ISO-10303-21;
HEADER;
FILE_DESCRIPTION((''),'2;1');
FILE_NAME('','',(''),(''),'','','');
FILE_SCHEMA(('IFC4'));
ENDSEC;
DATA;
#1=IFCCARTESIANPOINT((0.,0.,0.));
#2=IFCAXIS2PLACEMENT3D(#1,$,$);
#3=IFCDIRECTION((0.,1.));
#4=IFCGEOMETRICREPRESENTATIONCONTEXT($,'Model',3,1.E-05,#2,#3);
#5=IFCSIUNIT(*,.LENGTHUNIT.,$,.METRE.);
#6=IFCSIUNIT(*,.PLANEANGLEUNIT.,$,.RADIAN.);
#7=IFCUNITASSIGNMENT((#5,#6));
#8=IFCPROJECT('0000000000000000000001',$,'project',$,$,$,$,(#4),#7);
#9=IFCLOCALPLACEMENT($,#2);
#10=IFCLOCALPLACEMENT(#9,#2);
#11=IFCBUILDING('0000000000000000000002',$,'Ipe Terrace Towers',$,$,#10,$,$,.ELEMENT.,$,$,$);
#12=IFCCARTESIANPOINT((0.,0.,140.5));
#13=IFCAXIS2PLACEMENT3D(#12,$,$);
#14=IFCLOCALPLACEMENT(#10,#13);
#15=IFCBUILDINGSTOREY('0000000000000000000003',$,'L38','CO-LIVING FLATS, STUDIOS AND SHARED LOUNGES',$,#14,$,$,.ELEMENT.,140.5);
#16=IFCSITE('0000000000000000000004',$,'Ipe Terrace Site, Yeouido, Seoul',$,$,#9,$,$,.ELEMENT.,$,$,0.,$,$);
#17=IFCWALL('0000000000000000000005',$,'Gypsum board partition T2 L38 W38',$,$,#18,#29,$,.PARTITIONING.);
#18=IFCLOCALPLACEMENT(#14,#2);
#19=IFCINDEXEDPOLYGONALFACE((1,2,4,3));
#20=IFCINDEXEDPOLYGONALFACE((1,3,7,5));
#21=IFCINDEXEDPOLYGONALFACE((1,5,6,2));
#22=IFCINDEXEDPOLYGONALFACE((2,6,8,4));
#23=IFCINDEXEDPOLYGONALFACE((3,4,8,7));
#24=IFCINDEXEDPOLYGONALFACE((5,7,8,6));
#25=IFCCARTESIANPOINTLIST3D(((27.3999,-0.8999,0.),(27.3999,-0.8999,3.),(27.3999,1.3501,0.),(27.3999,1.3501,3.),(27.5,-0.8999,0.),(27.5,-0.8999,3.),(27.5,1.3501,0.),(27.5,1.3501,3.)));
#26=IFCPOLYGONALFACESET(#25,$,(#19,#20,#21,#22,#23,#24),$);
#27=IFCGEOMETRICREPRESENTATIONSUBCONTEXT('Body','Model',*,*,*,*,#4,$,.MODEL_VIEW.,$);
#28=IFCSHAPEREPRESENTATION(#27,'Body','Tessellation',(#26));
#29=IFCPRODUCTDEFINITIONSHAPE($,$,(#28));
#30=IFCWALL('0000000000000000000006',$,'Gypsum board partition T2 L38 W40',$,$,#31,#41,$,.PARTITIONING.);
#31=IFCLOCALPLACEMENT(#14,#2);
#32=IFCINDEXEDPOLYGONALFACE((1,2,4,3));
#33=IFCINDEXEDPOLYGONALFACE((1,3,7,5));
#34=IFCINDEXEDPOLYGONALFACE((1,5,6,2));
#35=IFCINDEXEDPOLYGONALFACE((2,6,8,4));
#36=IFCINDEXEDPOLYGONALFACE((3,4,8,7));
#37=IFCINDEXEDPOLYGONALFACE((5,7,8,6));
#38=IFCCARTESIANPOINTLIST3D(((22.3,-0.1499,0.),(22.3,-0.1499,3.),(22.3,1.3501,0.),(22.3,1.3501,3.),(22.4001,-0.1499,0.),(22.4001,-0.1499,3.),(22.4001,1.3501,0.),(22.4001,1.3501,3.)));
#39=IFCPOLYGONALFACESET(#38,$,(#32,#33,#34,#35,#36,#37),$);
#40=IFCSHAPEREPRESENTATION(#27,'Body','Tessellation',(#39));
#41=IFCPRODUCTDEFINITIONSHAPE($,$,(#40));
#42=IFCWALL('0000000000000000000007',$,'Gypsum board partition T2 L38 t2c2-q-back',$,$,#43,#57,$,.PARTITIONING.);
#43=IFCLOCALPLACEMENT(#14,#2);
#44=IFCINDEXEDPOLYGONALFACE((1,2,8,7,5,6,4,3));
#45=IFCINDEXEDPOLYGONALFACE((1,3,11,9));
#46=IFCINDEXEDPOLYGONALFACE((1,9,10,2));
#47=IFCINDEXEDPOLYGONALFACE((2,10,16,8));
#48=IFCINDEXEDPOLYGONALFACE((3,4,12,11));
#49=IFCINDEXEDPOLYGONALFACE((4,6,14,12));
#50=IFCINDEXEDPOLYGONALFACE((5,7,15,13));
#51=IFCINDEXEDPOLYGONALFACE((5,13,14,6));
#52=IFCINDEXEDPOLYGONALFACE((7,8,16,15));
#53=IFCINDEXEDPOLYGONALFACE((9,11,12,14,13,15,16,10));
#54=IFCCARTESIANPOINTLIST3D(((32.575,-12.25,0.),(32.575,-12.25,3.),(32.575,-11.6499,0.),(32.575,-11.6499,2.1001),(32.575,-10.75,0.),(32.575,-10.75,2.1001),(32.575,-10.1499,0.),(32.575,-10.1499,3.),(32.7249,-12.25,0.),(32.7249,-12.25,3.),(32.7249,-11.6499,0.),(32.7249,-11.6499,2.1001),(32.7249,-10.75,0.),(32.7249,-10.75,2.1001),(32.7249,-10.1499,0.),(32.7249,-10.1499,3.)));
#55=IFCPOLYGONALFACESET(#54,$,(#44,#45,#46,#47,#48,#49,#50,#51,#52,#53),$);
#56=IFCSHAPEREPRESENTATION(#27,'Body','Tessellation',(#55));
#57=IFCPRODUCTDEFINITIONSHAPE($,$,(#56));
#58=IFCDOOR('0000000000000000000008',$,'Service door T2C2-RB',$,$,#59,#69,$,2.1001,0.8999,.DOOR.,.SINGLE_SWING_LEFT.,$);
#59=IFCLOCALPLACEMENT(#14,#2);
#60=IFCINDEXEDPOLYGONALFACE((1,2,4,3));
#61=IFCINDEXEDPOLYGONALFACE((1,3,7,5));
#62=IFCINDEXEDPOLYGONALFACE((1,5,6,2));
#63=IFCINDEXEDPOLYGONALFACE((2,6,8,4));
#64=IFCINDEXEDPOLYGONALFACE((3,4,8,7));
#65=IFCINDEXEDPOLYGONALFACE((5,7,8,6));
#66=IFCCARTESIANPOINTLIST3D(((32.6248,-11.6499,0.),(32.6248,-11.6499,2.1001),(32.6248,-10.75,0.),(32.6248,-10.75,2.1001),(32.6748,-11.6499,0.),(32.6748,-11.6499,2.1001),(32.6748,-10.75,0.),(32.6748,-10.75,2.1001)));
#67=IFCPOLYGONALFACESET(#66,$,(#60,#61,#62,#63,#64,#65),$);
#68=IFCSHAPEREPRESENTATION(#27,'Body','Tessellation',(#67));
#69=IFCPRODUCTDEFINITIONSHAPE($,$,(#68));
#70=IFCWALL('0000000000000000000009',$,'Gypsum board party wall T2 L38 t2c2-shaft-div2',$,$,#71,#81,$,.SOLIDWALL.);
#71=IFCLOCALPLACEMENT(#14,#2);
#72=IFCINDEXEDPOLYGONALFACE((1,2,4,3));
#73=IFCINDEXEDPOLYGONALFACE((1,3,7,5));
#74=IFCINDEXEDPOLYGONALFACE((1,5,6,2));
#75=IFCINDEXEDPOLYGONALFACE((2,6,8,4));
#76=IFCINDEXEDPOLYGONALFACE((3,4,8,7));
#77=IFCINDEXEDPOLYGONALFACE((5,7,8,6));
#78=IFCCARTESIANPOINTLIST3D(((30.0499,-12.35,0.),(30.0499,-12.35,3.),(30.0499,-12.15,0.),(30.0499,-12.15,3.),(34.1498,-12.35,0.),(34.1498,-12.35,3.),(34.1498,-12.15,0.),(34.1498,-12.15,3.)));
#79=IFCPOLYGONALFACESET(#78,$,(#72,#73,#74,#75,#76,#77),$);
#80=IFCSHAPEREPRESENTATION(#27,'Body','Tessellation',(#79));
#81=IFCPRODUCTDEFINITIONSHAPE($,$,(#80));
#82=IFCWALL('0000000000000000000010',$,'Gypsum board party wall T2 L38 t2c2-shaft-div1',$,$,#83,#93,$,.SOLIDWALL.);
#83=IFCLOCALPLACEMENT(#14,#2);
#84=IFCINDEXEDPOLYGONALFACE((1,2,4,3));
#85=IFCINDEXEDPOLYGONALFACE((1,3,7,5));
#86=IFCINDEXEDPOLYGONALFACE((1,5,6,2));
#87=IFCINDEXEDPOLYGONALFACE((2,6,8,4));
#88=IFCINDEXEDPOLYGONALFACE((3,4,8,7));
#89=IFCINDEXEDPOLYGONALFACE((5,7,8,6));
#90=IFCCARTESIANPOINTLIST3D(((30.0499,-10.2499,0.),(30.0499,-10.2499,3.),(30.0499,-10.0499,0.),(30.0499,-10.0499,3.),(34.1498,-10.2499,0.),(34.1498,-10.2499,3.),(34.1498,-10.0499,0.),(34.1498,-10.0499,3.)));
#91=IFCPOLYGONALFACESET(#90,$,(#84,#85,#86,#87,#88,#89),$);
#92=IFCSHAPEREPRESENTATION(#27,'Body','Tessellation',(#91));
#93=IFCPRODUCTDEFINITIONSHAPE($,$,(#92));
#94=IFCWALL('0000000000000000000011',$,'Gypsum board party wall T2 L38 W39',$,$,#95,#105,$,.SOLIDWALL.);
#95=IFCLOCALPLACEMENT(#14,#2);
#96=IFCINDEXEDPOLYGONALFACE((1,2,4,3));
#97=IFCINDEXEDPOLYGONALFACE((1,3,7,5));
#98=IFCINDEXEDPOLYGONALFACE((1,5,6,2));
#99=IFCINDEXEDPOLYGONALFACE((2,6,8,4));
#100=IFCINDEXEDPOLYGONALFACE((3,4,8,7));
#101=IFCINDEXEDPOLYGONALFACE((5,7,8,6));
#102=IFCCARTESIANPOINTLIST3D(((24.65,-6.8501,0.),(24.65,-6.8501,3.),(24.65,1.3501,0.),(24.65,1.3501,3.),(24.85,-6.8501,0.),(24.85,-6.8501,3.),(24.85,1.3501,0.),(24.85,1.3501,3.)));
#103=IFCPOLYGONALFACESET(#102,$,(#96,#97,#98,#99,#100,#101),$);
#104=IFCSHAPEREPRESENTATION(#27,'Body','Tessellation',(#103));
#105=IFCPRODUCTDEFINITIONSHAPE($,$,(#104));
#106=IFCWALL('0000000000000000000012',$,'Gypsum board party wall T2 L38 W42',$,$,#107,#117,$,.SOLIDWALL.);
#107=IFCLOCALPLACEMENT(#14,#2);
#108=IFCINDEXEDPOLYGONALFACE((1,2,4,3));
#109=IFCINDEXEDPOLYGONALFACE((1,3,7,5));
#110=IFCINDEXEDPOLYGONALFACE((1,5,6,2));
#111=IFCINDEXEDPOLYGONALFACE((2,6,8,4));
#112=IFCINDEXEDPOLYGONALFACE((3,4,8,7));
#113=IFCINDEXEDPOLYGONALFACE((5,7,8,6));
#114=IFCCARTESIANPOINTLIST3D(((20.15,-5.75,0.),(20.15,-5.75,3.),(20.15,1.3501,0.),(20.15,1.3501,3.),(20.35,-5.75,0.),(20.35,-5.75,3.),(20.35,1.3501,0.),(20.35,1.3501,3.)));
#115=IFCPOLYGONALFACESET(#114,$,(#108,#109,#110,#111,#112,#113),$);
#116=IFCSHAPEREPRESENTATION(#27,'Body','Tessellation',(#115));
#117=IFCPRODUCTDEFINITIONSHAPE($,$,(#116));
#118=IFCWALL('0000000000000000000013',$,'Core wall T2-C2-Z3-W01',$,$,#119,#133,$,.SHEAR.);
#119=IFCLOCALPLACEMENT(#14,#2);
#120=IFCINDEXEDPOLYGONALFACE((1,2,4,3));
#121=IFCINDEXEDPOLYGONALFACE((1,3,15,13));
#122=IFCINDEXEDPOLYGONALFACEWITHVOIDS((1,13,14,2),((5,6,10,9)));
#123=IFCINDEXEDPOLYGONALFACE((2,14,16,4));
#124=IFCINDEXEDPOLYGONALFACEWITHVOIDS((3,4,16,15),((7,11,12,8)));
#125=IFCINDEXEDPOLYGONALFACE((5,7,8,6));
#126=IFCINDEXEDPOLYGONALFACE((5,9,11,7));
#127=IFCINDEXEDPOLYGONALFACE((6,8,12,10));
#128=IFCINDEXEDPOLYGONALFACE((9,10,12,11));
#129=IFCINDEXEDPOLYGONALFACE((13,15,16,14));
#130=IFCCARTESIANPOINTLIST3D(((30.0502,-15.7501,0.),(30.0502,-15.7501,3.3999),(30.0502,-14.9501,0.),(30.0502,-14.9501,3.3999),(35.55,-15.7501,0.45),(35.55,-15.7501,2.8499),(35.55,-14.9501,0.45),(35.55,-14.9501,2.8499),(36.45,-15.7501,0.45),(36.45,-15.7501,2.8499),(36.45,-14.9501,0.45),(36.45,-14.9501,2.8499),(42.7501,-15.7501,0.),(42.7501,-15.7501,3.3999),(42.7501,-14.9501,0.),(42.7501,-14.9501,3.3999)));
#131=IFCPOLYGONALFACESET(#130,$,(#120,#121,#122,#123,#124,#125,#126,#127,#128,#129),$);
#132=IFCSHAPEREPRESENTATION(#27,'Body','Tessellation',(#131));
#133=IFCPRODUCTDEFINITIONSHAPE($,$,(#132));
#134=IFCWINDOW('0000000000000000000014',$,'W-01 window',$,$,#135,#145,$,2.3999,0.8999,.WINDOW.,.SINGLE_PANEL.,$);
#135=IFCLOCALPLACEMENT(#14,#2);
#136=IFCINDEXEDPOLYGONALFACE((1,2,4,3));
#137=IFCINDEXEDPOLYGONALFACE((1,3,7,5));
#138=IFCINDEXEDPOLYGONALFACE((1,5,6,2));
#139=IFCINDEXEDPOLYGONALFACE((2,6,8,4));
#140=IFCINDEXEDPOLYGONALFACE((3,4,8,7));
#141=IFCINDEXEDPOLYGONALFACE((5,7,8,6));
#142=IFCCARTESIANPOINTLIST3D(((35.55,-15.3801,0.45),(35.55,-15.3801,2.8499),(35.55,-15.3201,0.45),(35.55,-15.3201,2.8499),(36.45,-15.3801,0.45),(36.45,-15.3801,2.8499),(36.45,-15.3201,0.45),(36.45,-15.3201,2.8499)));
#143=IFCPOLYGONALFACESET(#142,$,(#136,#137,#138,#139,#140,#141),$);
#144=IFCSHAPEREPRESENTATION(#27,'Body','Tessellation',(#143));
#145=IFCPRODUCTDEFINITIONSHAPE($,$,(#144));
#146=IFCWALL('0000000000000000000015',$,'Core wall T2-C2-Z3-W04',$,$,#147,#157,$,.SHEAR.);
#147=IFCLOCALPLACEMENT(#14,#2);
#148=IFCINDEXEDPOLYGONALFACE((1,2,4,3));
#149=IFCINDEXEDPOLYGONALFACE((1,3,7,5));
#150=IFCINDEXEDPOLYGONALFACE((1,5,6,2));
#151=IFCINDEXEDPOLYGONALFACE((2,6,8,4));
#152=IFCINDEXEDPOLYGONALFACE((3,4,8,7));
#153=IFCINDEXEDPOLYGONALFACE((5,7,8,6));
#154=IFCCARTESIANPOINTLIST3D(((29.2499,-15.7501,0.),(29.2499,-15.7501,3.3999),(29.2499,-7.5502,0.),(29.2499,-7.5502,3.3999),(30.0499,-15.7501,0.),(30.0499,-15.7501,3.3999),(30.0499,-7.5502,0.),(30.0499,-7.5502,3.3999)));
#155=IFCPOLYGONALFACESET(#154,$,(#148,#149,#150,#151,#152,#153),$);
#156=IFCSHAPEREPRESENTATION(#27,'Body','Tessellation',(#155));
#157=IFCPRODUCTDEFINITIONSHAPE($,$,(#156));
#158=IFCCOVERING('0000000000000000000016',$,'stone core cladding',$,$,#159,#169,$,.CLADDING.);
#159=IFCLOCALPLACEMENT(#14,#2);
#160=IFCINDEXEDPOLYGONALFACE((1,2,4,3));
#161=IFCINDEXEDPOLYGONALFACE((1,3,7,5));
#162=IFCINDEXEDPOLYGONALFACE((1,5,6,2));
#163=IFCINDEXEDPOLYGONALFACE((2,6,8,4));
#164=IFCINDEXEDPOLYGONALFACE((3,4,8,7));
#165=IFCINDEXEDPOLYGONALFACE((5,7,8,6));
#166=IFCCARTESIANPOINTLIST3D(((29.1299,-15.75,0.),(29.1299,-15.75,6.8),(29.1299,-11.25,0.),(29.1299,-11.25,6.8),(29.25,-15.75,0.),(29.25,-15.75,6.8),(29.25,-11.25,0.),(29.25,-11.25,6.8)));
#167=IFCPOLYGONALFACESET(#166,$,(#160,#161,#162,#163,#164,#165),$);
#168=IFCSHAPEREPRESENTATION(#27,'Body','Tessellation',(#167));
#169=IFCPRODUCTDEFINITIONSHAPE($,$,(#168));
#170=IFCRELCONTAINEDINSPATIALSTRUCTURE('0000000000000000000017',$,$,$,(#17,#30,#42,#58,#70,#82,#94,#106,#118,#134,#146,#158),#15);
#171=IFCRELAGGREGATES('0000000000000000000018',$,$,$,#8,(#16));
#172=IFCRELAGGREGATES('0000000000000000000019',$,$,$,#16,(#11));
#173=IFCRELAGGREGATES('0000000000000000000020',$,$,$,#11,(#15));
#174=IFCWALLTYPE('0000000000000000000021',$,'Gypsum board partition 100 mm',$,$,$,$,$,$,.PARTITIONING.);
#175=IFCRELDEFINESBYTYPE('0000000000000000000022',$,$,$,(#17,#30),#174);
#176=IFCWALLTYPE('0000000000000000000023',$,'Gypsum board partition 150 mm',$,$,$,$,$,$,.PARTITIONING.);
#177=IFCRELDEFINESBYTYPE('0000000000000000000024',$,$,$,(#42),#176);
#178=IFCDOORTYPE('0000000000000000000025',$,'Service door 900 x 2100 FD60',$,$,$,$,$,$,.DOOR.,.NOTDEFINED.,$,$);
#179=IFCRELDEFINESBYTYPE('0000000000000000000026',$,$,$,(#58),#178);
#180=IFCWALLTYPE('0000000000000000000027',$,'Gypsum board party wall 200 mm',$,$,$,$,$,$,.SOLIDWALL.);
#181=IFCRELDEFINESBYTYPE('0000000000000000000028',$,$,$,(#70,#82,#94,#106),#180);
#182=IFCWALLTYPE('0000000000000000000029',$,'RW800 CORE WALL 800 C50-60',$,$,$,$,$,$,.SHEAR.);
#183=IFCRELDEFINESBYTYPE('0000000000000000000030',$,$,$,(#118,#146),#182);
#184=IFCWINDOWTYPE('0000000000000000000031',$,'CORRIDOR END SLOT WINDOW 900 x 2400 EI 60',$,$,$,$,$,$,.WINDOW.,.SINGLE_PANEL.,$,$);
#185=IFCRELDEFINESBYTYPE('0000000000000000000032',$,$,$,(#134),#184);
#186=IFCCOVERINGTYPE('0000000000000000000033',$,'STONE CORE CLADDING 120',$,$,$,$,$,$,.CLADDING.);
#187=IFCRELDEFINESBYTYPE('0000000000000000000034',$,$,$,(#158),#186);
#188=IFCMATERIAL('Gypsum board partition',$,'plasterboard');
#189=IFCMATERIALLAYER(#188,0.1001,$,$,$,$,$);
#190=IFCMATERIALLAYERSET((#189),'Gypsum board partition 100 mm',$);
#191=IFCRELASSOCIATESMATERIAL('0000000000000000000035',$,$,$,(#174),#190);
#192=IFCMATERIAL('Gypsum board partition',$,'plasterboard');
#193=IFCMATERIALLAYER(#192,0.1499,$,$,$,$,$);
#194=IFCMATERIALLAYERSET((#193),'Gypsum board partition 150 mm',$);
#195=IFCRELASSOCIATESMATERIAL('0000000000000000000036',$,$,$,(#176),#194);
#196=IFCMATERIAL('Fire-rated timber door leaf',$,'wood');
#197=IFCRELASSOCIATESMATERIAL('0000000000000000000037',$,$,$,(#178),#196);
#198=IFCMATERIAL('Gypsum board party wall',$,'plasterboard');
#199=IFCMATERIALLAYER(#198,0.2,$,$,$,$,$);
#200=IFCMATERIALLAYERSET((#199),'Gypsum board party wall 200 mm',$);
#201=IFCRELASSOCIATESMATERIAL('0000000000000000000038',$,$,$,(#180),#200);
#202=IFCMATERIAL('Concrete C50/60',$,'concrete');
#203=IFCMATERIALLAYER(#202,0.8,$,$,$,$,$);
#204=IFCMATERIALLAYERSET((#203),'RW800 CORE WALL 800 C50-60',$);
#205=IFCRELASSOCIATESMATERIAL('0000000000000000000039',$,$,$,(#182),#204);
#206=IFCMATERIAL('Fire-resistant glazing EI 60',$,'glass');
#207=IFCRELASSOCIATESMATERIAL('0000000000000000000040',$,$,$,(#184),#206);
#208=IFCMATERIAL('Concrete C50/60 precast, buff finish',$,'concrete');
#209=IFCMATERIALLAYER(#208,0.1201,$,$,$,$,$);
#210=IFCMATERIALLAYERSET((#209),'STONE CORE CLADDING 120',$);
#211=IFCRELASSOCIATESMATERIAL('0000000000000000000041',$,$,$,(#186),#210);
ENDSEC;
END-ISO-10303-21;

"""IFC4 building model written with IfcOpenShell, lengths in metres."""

from ifc_helpers import new_model, si_unit, direction, frame, frame_2d, origin, origin_2d, place, context, subcontext, project, spatial, rectangle, extrude, material, layer, layer_set, type_object, element, fill, save


model = new_model("IFC4")

# Units and contexts
model_context = context("Model", 3, precision=1e-05, world=origin(), true_north=direction((0.0, 1.0)))
body_context = subcontext(model_context, "Body", "Model", "MODEL_VIEW")
ifc_project = project(units=[si_unit("LENGTHUNIT", "METRE"), si_unit("PLANEANGLEUNIT", "RADIAN")], contexts=[model_context])

# Site, building, storey
site_placement = place(None, origin())
site = spatial("IfcSite", under=ifc_project, at=site_placement, Name="Ipe Terrace Site, Yeouido, Seoul", CompositionType="ELEMENT", RefElevation=0.0)
building_placement = place(site_placement, origin())
building = spatial("IfcBuilding", under=site, at=building_placement, Name="Ipe Terrace Towers", CompositionType="ELEMENT")
storey_placement = place(building_placement, frame((0.0, 0.0, 140.5)))
storey = spatial("IfcBuildingStorey", under=building, at=storey_placement, Name="L38", Description="CO-LIVING FLATS, STUDIOS AND SHARED LOUNGES", CompositionType="ELEMENT", Elevation=140.5)

# Shared definitions
ifc_material_1 = material(Name="Gypsum board partition", Category="plasterboard")
ifc_layer_1 = layer(ifc_material_1, 0.1001)
ifc_layer_set_1 = layer_set([ifc_layer_1], Name="Gypsum board partition 100 mm")
wall_type_1 = type_object("IfcWallType", Name="Gypsum board partition 100 mm", PredefinedType="PARTITIONING", material=ifc_layer_set_1)

# Walls
wall_1_placement = place(storey_placement, frame((27.45, -0.8999, 0.0), z_axis=(0.0, 0.0, 1.0), x_axis=(0.0, 1.0, 0.0)))
element("IfcWall", 1, at=wall_1_placement, inside=storey, type_object=wall_type_1, Name="Gypsum board partition T2 L38 W38", PredefinedType="PARTITIONING", context=body_context, shape_type="SweptSolid", body=[
    extrude(rectangle(XDim=2.25, YDim=0.1001, at=frame_2d((1.125, 0.0))), origin(), (0.0, 0.0, 1.0), 3.0),
])
wall_2_placement = place(storey_placement, frame((22.3501, -0.1499, 0.0), z_axis=(0.0, 0.0, 1.0), x_axis=(0.0, 1.0, 0.0)))
element("IfcWall", 2, at=wall_2_placement, inside=storey, type_object=wall_type_1, Name="Gypsum board partition T2 L38 W40", PredefinedType="PARTITIONING", context=body_context, shape_type="SweptSolid", body=[
    extrude(rectangle(XDim=1.5, YDim=0.1001, at=frame_2d((0.75, 0.0))), origin(), (0.0, 0.0, 1.0), 3.0),
])

# Wall, opening, door
ifc_material_2 = material(Name="Gypsum board partition", Category="plasterboard")
ifc_layer_2 = layer(ifc_material_2, 0.1499)
ifc_layer_set_2 = layer_set([ifc_layer_2], Name="Gypsum board partition 150 mm")
wall_type_2 = type_object("IfcWallType", Name="Gypsum board partition 150 mm", PredefinedType="PARTITIONING", material=ifc_layer_set_2)
wall_3_placement = place(storey_placement, frame((32.6499, -10.1499, 0.0), z_axis=(0.0, 0.0, 1.0), x_axis=(0.0, -1.0, 0.0)))
wall_3 = element("IfcWall", 3, at=wall_3_placement, inside=storey, type_object=wall_type_2, Name="Gypsum board partition T2 L38 t2c2-q-back", PredefinedType="PARTITIONING", context=body_context, shape_type="SweptSolid", body=[
    extrude(rectangle(XDim=2.1001, YDim=0.1499, at=frame_2d((1.05, 0.0))), origin(), (0.0, 0.0, 1.0), 3.0),
])
opening_1_placement = place(wall_3_placement, frame((0.6001, 0.0, 0.0)))
opening_1 = element("IfcOpeningElement", 4, at=opening_1_placement, cuts=wall_3, PredefinedType="OPENING", context=body_context, shape_type="SweptSolid", body=[
    extrude(rectangle(XDim=0.8999, YDim=2.1001, at=frame_2d((0.45, 1.05))), frame((0.0, 0.085, 0.0), z_axis=(0.0, -1.0, 0.0), x_axis=(1.0, 0.0, 0.0)), (0.0, 0.0, 1.0), 0.1699),
])
ifc_material_3 = material(Name="Fire-rated timber door leaf", Category="wood")
door_type_1 = type_object("IfcDoorType", Name="Service door 900 x 2100 FD60", OperationType="NOTDEFINED", PredefinedType="DOOR", material=ifc_material_3)
door_1_placement = place(opening_1_placement, origin())
door_1 = element("IfcDoor", 5, at=door_1_placement, inside=storey, type_object=door_type_1, Name="Service door T2C2-RB", OperationType="SINGLE_SWING_LEFT", OverallHeight=2.1001, OverallWidth=0.8999, PredefinedType="DOOR", context=body_context, shape_type="SweptSolid", body=[
    extrude(rectangle(XDim=0.8999, YDim=2.1001, at=frame_2d((0.45, 1.05))), frame((0.0, 0.0249, 0.0), z_axis=(0.0, -1.0, 0.0), x_axis=(1.0, 0.0, 0.0)), (0.0, 0.0, 1.0), 0.05),
])
fill(opening_1, door_1)

# Walls
ifc_material_4 = material(Name="Gypsum board party wall", Category="plasterboard")
ifc_layer_3 = layer(ifc_material_4, 0.2)
ifc_layer_set_3 = layer_set([ifc_layer_3], Name="Gypsum board party wall 200 mm")
wall_type_3 = type_object("IfcWallType", Name="Gypsum board party wall 200 mm", PredefinedType="SOLIDWALL", material=ifc_layer_set_3)
for number, where, z_axis, x_axis, name in (
    (6, (30.05, -12.25, 0.0), (0.0, 0.0, 1.0), (1.0, 0.0, 0.0), "Gypsum board party wall T2 L38 t2c2-shaft-div2"),
    (7, (30.05, -10.1499, 0.0), (0.0, 0.0, 1.0), (1.0, 0.0, 0.0), "Gypsum board party wall T2 L38 t2c2-shaft-div1"),
):
    element("IfcWall", number, at=place(storey_placement, frame(where, z_axis=z_axis, x_axis=x_axis)), inside=storey, type_object=wall_type_3, Name=name, PredefinedType="SOLIDWALL", context=body_context, shape_type="SweptSolid", body=[
        extrude(rectangle(XDim=4.0999, YDim=0.2, at=frame_2d((2.0498, 0.0))), origin(), (0.0, 0.0, 1.0), 3.0),
    ])
wall_4_placement = place(storey_placement, frame((24.75, -6.8501, 0.0), z_axis=(0.0, 0.0, 1.0), x_axis=(0.0, 1.0, 0.0)))
element("IfcWall", 8, at=wall_4_placement, inside=storey, type_object=wall_type_3, Name="Gypsum board party wall T2 L38 W39", PredefinedType="SOLIDWALL", context=body_context, shape_type="SweptSolid", body=[
    extrude(rectangle(XDim=8.2002, YDim=0.2, at=frame_2d((4.1001, 0.0))), origin(), (0.0, 0.0, 1.0), 3.0),
])
wall_5_placement = place(storey_placement, frame((20.25, -5.75, 0.0), z_axis=(0.0, 0.0, 1.0), x_axis=(0.0, 1.0, 0.0)))
element("IfcWall", 9, at=wall_5_placement, inside=storey, type_object=wall_type_3, Name="Gypsum board party wall T2 L38 W42", PredefinedType="SOLIDWALL", context=body_context, shape_type="SweptSolid", body=[
    extrude(rectangle(XDim=7.1001, YDim=0.2, at=frame_2d((3.55, 0.0))), origin(), (0.0, 0.0, 1.0), 3.0),
])

# Wall, opening, window
ifc_material_5 = material(Name="Concrete C50/60", Category="concrete")
ifc_layer_4 = layer(ifc_material_5, 0.8)
ifc_layer_set_4 = layer_set([ifc_layer_4], Name="RW800 CORE WALL 800 C50-60")
wall_type_4 = type_object("IfcWallType", Name="RW800 CORE WALL 800 C50-60", PredefinedType="SHEAR", material=ifc_layer_set_4)
wall_6_placement = place(storey_placement, frame((30.05, -15.3501, 0.0), z_axis=(0.0, 0.0, 1.0), x_axis=(1.0, 0.0, 0.0)))
wall_6 = element("IfcWall", 10, at=wall_6_placement, inside=storey, type_object=wall_type_4, Name="Core wall T2-C2-Z3-W01", PredefinedType="SHEAR", context=body_context, shape_type="SweptSolid", body=[
    extrude(rectangle(XDim=12.7, YDim=0.8, at=frame_2d((6.3501, 0.0))), origin(), (0.0, 0.0, 1.0), 3.3999),
])
opening_2_placement = place(wall_6_placement, frame((5.5, 0.0, 0.45)))
opening_2 = element("IfcOpeningElement", 11, at=opening_2_placement, cuts=wall_6, PredefinedType="OPENING", context=body_context, shape_type="SweptSolid", body=[
    extrude(rectangle(XDim=0.8999, YDim=2.3999, at=frame_2d((0.45, 1.2))), frame((0.0, 0.4102, 0.0), z_axis=(0.0, -1.0, 0.0), x_axis=(1.0, 0.0, 0.0)), (0.0, 0.0, 1.0), 0.8201),
])
ifc_material_6 = material(Name="Fire-resistant glazing EI 60", Category="glass")
window_type = type_object("IfcWindowType", Name="CORRIDOR END SLOT WINDOW 900 x 2400 EI 60", PartitioningType="SINGLE_PANEL", PredefinedType="WINDOW", material=ifc_material_6)
window_placement = place(opening_2_placement, origin())
window = element("IfcWindow", 12, at=window_placement, inside=storey, type_object=window_type, Name="W-01 window", OverallHeight=2.3999, OverallWidth=0.8999, PartitioningType="SINGLE_PANEL", PredefinedType="WINDOW", context=body_context, shape_type="SweptSolid", body=[
    extrude(rectangle(XDim=0.8999, YDim=2.3999, at=frame_2d((0.45, 1.2))), frame((0.0, 0.03, 0.0), z_axis=(0.0, -1.0, 0.0), x_axis=(1.0, 0.0, 0.0)), (0.0, 0.0, 1.0), 0.0601),
])
fill(opening_2, window)

# Wall
wall_7_placement = place(storey_placement, frame((29.6499, -7.55, 0.0), z_axis=(0.0, 0.0, 1.0), x_axis=(0.0, -1.0, 0.0)))
element("IfcWall", 13, at=wall_7_placement, inside=storey, type_object=wall_type_4, Name="Core wall T2-C2-Z3-W04", PredefinedType="SHEAR", context=body_context, shape_type="SweptSolid", body=[
    extrude(rectangle(XDim=8.2, YDim=0.8, at=frame_2d((4.1001, 0.0))), origin(), (0.0, 0.0, 1.0), 3.3999),
])

# Covering
ifc_material_7 = material(Name="Concrete C50/60 precast, buff finish", Category="concrete")
ifc_layer_5 = layer(ifc_material_7, 0.1201)
ifc_layer_set_5 = layer_set([ifc_layer_5], Name="STONE CORE CLADDING 120")
covering_type = type_object("IfcCoveringType", Name="STONE CORE CLADDING 120", PredefinedType="CLADDING", material=ifc_layer_set_5)
covering_placement = place(storey_placement, frame((29.1899, -13.5, 0.0), z_axis=(0.0, 0.0, 1.0), x_axis=(0.0, -1.0, 0.0)))
element("IfcCovering", 14, at=covering_placement, inside=storey, type_object=covering_type, Name="stone core cladding", PredefinedType="CLADDING", context=body_context, shape_type="SweptSolid", body=[
    extrude(rectangle(XDim=4.5, YDim=0.1201, at=origin_2d()), origin(), (0.0, 0.0, 1.0), 6.8),
])

save(model, "model.ifc")
